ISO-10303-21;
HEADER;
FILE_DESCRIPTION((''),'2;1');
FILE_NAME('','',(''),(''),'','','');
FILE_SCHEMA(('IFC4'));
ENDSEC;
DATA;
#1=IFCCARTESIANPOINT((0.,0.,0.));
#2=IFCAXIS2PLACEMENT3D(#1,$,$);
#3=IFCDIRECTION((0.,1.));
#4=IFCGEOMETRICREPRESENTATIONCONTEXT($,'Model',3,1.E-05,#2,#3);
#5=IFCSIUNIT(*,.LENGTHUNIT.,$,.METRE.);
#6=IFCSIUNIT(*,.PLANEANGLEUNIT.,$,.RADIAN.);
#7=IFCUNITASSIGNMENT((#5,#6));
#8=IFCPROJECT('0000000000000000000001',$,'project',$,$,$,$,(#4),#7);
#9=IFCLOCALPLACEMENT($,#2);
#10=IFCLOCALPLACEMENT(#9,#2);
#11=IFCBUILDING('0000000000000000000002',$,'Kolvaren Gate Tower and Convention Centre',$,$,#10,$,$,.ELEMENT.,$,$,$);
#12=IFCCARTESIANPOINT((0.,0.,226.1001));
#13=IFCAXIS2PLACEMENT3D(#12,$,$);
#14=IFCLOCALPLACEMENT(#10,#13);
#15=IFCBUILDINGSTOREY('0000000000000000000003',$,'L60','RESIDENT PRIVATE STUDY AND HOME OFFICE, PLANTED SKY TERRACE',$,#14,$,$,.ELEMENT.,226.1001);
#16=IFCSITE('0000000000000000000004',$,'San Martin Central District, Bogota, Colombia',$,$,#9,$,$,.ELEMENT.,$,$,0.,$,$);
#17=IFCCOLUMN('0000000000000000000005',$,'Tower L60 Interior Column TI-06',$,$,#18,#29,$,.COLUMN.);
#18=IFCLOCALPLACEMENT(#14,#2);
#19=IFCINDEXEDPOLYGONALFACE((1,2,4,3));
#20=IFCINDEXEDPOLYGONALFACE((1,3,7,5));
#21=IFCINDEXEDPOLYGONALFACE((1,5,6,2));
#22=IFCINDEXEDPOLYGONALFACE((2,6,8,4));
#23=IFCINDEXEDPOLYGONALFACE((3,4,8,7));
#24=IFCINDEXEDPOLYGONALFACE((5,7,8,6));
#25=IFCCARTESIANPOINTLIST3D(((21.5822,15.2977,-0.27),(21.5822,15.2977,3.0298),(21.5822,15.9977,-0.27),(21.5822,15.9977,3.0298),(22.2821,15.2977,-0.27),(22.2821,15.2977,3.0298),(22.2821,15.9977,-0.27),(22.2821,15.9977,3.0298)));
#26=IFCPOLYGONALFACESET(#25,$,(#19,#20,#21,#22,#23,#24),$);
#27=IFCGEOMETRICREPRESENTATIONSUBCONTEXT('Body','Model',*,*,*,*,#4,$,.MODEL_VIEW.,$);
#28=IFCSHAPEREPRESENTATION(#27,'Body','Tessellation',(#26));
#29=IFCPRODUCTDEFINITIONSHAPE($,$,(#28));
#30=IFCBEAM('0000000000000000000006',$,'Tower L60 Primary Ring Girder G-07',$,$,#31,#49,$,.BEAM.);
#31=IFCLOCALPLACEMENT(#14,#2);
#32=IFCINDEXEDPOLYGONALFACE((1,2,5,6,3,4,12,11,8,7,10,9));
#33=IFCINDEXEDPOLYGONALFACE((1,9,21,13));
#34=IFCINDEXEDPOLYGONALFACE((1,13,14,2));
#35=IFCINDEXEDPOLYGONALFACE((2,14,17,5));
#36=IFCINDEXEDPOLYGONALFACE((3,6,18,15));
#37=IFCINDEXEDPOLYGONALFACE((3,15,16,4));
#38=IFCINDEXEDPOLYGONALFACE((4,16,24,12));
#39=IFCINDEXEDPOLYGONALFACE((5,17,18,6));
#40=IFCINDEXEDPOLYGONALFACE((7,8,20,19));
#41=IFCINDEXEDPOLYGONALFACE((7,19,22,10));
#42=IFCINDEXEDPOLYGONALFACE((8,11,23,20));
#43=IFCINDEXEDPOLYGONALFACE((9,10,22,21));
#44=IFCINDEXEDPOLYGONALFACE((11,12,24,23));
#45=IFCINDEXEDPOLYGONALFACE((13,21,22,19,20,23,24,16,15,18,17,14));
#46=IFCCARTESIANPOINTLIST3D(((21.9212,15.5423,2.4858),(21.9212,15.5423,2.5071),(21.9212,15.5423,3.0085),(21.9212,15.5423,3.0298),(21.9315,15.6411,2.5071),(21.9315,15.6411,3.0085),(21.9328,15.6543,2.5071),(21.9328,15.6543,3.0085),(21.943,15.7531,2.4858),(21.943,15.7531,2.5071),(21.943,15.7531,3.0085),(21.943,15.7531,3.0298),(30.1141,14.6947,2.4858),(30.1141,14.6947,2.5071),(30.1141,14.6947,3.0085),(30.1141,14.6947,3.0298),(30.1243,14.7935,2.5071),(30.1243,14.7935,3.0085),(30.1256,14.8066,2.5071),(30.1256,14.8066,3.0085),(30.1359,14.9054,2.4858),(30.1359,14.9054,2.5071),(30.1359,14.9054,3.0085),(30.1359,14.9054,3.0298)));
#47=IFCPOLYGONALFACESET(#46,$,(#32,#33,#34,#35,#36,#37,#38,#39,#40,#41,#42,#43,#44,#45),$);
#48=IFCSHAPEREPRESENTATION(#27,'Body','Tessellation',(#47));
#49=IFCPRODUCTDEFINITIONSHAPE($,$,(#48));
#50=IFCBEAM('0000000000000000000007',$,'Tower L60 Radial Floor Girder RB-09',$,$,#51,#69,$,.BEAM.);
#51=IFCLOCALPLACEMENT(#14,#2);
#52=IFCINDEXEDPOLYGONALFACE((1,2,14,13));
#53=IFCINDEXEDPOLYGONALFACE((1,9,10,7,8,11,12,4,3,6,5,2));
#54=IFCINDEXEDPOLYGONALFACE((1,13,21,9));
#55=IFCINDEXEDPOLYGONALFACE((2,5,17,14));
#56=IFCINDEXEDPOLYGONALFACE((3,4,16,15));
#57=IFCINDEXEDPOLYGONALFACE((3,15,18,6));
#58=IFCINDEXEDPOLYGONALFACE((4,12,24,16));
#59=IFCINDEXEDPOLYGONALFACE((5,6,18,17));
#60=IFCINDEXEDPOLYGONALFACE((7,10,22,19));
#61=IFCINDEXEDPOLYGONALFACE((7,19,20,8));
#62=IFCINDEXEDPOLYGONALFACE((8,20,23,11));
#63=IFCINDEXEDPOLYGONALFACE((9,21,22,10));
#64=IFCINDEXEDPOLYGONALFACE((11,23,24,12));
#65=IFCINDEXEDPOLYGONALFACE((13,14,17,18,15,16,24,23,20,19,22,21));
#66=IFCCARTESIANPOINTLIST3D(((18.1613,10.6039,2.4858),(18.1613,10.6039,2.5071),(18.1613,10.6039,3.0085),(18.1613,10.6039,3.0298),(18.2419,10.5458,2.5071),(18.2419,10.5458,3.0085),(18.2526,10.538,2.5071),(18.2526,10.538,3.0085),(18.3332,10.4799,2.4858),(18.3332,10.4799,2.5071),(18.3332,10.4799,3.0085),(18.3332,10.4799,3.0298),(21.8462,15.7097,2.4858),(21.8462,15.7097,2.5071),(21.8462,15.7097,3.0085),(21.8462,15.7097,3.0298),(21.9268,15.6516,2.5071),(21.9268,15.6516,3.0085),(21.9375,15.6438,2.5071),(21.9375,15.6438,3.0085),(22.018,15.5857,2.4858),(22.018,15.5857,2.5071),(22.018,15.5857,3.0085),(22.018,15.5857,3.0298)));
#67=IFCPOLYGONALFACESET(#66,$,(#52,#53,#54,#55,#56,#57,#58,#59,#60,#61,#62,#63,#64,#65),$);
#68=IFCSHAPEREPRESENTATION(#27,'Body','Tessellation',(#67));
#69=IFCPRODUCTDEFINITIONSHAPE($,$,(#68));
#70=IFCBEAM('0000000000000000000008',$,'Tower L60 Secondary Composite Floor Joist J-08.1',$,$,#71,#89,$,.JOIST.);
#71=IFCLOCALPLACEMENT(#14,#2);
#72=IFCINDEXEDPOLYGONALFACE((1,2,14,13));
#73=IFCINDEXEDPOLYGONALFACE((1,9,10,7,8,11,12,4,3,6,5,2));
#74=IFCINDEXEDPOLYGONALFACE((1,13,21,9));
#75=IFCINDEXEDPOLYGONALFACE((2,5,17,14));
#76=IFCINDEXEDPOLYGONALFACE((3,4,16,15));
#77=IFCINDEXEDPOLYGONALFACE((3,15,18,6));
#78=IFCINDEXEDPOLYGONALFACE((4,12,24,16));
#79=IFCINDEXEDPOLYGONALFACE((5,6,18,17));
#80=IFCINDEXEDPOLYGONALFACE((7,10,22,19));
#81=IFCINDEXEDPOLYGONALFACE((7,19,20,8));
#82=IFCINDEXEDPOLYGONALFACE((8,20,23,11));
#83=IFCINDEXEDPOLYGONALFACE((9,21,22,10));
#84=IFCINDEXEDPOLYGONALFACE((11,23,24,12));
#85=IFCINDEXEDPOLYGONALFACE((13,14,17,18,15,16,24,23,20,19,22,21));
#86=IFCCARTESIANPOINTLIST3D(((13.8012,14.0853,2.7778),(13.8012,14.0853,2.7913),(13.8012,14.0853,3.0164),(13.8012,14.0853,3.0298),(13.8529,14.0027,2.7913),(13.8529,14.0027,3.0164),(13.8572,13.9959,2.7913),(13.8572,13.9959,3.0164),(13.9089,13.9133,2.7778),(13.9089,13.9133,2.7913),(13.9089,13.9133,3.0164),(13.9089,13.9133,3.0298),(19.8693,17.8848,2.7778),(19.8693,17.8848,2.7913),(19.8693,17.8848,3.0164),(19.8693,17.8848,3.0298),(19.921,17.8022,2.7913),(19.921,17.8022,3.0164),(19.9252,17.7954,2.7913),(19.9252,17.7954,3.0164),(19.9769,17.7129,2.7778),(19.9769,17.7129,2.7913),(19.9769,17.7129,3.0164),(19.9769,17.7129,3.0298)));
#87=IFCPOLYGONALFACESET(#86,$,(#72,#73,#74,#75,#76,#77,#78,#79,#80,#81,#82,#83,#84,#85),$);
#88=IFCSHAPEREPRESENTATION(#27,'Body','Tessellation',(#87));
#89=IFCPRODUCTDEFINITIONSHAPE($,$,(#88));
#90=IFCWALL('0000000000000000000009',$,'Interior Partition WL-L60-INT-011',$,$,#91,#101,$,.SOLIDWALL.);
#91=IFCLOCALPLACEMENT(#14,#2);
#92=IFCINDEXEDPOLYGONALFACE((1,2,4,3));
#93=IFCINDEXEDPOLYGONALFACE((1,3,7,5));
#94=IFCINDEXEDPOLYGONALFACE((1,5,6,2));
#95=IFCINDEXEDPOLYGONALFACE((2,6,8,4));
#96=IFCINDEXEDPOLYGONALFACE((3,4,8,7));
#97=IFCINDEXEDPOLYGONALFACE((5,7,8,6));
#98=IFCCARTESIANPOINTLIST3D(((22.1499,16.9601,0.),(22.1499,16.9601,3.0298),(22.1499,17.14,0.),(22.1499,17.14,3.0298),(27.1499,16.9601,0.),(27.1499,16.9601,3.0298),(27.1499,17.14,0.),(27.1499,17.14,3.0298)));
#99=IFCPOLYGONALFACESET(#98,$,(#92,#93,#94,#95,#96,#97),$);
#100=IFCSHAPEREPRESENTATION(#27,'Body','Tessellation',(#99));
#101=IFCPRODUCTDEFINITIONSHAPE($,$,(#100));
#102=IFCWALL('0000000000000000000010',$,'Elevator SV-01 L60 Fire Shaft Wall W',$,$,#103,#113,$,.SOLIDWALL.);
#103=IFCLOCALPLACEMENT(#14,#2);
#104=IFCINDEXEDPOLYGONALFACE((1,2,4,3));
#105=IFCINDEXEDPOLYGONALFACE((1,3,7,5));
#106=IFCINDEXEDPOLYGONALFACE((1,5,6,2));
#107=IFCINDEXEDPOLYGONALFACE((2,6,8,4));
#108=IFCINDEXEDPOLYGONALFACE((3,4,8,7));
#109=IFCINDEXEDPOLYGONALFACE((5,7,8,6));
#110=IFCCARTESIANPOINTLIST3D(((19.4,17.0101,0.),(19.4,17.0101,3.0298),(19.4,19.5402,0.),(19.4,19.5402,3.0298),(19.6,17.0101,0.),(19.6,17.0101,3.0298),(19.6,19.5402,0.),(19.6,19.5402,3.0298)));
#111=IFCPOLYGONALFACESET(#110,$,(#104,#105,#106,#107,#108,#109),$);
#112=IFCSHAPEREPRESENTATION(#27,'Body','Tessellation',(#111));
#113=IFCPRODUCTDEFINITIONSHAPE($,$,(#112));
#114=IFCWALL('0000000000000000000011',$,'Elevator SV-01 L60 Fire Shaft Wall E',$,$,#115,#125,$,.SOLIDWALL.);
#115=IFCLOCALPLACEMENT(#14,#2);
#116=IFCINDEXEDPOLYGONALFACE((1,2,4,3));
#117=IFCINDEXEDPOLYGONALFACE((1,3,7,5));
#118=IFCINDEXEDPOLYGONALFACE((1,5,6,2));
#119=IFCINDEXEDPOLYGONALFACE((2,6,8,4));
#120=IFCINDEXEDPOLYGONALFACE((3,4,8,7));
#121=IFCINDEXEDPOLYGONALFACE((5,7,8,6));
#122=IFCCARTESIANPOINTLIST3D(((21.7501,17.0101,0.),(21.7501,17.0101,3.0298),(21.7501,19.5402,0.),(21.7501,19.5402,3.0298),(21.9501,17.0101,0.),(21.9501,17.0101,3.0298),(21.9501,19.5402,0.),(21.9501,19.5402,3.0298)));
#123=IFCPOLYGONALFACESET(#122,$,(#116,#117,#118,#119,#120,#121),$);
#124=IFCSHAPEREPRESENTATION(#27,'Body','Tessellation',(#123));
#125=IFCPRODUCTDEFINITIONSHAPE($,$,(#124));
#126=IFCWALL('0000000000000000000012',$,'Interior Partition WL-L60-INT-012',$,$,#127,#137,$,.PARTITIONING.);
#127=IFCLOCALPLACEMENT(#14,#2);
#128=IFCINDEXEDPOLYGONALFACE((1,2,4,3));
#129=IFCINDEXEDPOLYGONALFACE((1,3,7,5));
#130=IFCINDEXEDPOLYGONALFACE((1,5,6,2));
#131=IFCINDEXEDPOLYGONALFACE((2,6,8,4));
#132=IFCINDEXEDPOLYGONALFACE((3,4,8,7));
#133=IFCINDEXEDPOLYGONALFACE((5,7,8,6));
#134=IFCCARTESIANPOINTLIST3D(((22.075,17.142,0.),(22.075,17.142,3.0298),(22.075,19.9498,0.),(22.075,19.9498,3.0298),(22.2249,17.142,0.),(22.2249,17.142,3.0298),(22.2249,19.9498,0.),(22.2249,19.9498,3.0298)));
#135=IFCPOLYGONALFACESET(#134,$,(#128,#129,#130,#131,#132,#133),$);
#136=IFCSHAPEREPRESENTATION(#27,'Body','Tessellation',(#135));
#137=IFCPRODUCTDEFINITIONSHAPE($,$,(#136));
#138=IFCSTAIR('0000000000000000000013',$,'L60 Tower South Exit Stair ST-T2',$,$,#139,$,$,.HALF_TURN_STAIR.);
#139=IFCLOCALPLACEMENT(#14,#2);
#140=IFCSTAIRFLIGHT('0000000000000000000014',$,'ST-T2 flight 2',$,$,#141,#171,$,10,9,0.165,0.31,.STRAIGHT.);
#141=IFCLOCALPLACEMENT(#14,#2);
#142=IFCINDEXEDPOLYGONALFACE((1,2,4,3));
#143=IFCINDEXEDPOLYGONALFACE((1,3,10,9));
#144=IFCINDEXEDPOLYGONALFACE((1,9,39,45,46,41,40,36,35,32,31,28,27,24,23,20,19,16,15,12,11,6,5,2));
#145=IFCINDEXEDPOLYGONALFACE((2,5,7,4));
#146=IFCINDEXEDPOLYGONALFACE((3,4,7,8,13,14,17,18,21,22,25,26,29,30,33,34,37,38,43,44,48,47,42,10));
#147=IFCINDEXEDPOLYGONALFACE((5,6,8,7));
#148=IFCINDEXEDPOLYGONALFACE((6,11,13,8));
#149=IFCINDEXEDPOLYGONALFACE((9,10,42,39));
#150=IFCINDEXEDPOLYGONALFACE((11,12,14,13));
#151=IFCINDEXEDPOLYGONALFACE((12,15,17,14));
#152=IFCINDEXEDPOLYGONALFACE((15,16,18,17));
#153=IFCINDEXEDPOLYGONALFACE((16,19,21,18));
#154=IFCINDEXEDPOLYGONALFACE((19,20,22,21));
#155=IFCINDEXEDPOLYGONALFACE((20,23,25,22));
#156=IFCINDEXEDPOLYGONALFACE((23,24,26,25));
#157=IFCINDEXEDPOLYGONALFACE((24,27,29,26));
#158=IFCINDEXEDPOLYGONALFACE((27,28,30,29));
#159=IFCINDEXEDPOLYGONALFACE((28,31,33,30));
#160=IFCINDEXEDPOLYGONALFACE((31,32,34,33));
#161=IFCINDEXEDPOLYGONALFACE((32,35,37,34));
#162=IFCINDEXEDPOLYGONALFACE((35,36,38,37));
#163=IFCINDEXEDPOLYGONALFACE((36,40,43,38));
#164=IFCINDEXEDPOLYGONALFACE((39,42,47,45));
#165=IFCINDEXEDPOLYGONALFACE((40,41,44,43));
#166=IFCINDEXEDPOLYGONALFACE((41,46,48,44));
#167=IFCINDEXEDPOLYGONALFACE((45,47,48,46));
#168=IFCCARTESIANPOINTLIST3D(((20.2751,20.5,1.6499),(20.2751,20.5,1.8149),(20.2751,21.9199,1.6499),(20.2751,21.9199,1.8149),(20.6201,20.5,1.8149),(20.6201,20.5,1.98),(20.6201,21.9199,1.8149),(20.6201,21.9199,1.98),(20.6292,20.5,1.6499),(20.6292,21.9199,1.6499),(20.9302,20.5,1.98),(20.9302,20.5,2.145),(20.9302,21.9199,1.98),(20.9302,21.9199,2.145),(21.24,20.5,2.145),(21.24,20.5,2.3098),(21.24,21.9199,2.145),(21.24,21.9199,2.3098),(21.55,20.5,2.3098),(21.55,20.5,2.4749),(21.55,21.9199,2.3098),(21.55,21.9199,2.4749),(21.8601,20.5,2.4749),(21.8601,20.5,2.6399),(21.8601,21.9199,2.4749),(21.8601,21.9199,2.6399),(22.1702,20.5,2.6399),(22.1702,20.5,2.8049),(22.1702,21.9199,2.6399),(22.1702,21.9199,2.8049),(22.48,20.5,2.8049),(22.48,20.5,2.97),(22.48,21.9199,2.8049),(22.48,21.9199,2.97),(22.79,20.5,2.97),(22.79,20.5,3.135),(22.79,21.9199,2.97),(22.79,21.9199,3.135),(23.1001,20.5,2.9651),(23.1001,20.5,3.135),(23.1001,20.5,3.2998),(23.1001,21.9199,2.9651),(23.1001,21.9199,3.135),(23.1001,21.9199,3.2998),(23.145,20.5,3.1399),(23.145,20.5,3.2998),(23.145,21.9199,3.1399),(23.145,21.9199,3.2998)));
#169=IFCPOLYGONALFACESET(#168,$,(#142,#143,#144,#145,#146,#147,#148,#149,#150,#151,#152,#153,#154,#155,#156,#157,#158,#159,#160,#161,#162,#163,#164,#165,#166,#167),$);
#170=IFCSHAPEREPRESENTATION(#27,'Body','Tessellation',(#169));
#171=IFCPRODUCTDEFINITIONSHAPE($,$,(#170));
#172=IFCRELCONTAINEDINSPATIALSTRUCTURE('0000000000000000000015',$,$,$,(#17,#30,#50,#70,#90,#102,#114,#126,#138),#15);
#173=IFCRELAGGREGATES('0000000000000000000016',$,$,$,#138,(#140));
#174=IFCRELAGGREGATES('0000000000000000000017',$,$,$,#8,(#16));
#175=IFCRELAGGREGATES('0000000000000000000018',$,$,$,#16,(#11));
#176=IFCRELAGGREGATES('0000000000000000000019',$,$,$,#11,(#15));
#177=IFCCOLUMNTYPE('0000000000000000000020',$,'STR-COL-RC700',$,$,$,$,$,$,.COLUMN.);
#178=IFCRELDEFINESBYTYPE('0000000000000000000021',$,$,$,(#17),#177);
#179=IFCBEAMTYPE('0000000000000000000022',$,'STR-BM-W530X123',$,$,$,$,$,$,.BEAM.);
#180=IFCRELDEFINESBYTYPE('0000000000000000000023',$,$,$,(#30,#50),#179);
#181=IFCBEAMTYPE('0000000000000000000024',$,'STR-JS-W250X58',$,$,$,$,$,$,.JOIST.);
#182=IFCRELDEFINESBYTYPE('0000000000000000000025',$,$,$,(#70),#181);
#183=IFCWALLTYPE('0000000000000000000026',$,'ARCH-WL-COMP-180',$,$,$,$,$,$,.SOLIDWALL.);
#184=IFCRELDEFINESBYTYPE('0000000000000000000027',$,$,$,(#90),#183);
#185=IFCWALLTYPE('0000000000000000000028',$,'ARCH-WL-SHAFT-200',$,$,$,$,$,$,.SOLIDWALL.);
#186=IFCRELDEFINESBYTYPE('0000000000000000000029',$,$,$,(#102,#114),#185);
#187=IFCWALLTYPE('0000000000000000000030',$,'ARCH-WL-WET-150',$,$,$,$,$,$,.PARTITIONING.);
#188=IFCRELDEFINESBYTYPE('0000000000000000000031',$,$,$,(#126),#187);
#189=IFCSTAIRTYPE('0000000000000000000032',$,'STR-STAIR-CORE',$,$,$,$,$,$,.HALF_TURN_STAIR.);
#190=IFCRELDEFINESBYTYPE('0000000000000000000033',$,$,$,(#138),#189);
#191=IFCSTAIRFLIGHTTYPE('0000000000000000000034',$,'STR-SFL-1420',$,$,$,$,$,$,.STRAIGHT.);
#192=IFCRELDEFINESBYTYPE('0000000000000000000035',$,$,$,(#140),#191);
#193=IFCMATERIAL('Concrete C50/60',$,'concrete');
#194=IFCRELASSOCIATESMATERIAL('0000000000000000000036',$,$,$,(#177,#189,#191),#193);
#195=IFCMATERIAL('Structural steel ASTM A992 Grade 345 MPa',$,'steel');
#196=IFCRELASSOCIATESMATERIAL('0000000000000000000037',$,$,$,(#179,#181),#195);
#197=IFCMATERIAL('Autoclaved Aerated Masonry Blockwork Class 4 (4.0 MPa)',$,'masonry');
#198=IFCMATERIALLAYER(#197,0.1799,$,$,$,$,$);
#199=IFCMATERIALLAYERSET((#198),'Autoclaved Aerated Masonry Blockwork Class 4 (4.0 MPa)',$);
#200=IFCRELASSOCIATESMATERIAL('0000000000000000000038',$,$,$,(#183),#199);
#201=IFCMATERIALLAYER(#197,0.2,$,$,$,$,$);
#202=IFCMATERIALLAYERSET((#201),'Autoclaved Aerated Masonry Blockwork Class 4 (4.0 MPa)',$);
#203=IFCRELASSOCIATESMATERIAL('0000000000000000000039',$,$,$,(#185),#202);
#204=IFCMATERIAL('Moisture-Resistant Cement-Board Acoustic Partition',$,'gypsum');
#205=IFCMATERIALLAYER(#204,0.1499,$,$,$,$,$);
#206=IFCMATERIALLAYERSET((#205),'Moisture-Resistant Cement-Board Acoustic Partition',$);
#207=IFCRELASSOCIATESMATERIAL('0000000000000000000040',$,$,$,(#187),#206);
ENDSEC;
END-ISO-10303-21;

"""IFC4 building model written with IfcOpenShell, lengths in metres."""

from ifc_helpers import new_model, si_unit, direction, frame, frame_2d, origin, origin_2d, place, context, subcontext, project, spatial, polyline, rectangle, i_section, outline, extrude, material, layer, layer_set, material_profile, profile_set, type_object, element, aggregate, save


model = new_model("IFC4")

# Units and contexts
model_context = context("Model", 3, precision=1e-05, world=origin(), true_north=direction((0.0, 1.0)))
body_context = subcontext(model_context, "Body", "Model", "MODEL_VIEW")
ifc_project = project(units=[si_unit("LENGTHUNIT", "METRE"), si_unit("PLANEANGLEUNIT", "RADIAN")], contexts=[model_context])

# Site, building, storey
site_placement = place(None, origin())
site = spatial("IfcSite", under=ifc_project, at=site_placement, Name="San Martin Central District, Bogota, Colombia", CompositionType="ELEMENT", RefElevation=0.0)
building_placement = place(site_placement, origin())
building = spatial("IfcBuilding", under=site, at=building_placement, Name="Kolvaren Gate Tower and Convention Centre", CompositionType="ELEMENT")
storey_placement = place(building_placement, frame((0.0, 0.0, 226.1001)))
storey = spatial("IfcBuildingStorey", under=building, at=storey_placement, Name="L60", Description="RESIDENT PRIVATE STUDY AND HOME OFFICE, PLANTED SKY TERRACE", CompositionType="ELEMENT", Elevation=226.1001)

# Column
ifc_material_1 = material(Name="Concrete C50/60", Category="concrete")
ifc_material_profile_1 = material_profile(ifc_material_1, rectangle(XDim=0.7, YDim=0.7, at=origin_2d()), Name="RC-COL-700X700")
ifc_profile_set_1 = profile_set([ifc_material_profile_1], Name="Concrete C50/60")
column_type = type_object("IfcColumnType", Name="STR-COL-RC700", PredefinedType="COLUMN", material=ifc_profile_set_1)
column_placement = place(storey_placement, frame((21.9321, 15.6477, -0.27), z_axis=(0.0, 0.0, 1.0), x_axis=(1.0, 0.0, 0.0)))
element("IfcColumn", 1, at=column_placement, inside=storey, type_object=column_type, Name="Tower L60 Interior Column TI-06", PredefinedType="COLUMN", context=body_context, shape_type="SweptSolid", body=[
    extrude(rectangle(XDim=0.7, YDim=0.7, at=origin_2d()), origin(), (0.0, 0.0, 1.0), 3.2998),
])

# Beams
ifc_material_2 = material(Name="Structural steel ASTM A992 Grade 345 MPa", Category="steel")
ifc_material_profile_2 = material_profile(ifc_material_2, i_section(OverallWidth=0.2119, OverallDepth=0.5439, WebThickness=0.0132, FlangeThickness=0.0212, at=origin_2d()), Name="W530X123")
ifc_profile_set_2 = profile_set([ifc_material_profile_2], Name="Structural steel ASTM A992 Grade 345 MPa")
beam_type_1 = type_object("IfcBeamType", Name="STR-BM-W530X123", PredefinedType="BEAM", material=ifc_profile_set_2)
beam_1_placement = place(storey_placement, frame((21.9321, 15.6477, 2.7578), z_axis=(0.99469, -0.102913, 0.0), x_axis=(0.102913, 0.99469, 0.0)))
element("IfcBeam", 2, at=beam_1_placement, inside=storey, type_object=beam_type_1, Name="Tower L60 Primary Ring Girder G-07", PredefinedType="BEAM", context=body_context, shape_type="SweptSolid", body=[
    extrude(i_section(OverallWidth=0.2119, OverallDepth=0.5439, WebThickness=0.0132, FlangeThickness=0.0212, at=origin_2d()), origin(), (0.0, 0.0, 1.0), 8.2366),
])
beam_2_placement = place(storey_placement, frame((21.9321, 15.6477, 2.7578), z_axis=(-0.585214, -0.810879, 0.0), x_axis=(0.810879, -0.585214, 0.0)))
element("IfcBeam", 3, at=beam_2_placement, inside=storey, type_object=beam_type_1, Name="Tower L60 Radial Floor Girder RB-09", PredefinedType="BEAM", context=body_context, shape_type="SweptSolid", body=[
    extrude(i_section(OverallWidth=0.2119, OverallDepth=0.5439, WebThickness=0.0132, FlangeThickness=0.0212, at=origin_2d()), origin(), (0.0, 0.0, 1.0), 6.2966),
])
ifc_material_profile_3 = material_profile(ifc_material_2, i_section(OverallWidth=0.2029, OverallDepth=0.252, WebThickness=0.0081, FlangeThickness=0.0134, at=origin_2d()), Name="W250X58")
ifc_profile_set_3 = profile_set([ifc_material_profile_3], Name="Structural steel ASTM A992 Grade 345 MPa")
beam_type_2 = type_object("IfcBeamType", Name="STR-JS-W250X58", PredefinedType="JOIST", material=ifc_profile_set_3)
beam_3_placement = place(storey_placement, frame((19.9231, 17.7988, 2.9038), z_axis=(-0.847559, -0.530701, 0.0), x_axis=(0.530701, -0.847559, 0.0)))
element("IfcBeam", 4, at=beam_3_placement, inside=storey, type_object=beam_type_2, Name="Tower L60 Secondary Composite Floor Joist J-08.1", PredefinedType="JOIST", context=body_context, shape_type="SweptSolid", body=[
    extrude(i_section(OverallWidth=0.2029, OverallDepth=0.252, WebThickness=0.0081, FlangeThickness=0.0134, at=origin_2d()), origin(), (0.0, 0.0, 1.0), 7.1594),
])

# Walls
ifc_material_3 = material(Name="Autoclaved Aerated Masonry Blockwork Class 4 (4.0 MPa)", Category="masonry")
ifc_layer_1 = layer(ifc_material_3, 0.1799)
ifc_layer_set_1 = layer_set([ifc_layer_1], Name="Autoclaved Aerated Masonry Blockwork Class 4 (4.0 MPa)")
wall_type_1 = type_object("IfcWallType", Name="ARCH-WL-COMP-180", PredefinedType="SOLIDWALL", material=ifc_layer_set_1)
wall_1_placement = place(storey_placement, frame((22.1499, 17.05, 0.0), z_axis=(0.0, 0.0, 1.0), x_axis=(1.0, 0.0, 0.0)))
element("IfcWall", 5, at=wall_1_placement, inside=storey, type_object=wall_type_1, Name="Interior Partition WL-L60-INT-011", PredefinedType="SOLIDWALL", context=body_context, shape_type="SweptSolid", body=[
    extrude(rectangle(XDim=5.0, YDim=0.1799, at=frame_2d((2.5, 0.0))), origin(), (0.0, 0.0, 1.0), 3.0298),
])
ifc_layer_2 = layer(ifc_material_3, 0.2)
ifc_layer_set_2 = layer_set([ifc_layer_2], Name="Autoclaved Aerated Masonry Blockwork Class 4 (4.0 MPa)")
wall_type_2 = type_object("IfcWallType", Name="ARCH-WL-SHAFT-200", PredefinedType="SOLIDWALL", material=ifc_layer_set_2)
for number, where, z_axis, x_axis, name in (
    (6, (19.5, 17.01, 0.0), (0.0, 0.0, 1.0), (0.0, 1.0, 0.0), "Elevator SV-01 L60 Fire Shaft Wall W"),
    (7, (21.8501, 17.01, 0.0), (0.0, 0.0, 1.0), (0.0, 1.0, 0.0), "Elevator SV-01 L60 Fire Shaft Wall E"),
):
    element("IfcWall", number, at=place(storey_placement, frame(where, z_axis=z_axis, x_axis=x_axis)), inside=storey, type_object=wall_type_2, Name=name, PredefinedType="SOLIDWALL", context=body_context, shape_type="SweptSolid", body=[
        extrude(rectangle(XDim=2.53, YDim=0.2, at=frame_2d((1.2651, 0.0))), origin(), (0.0, 0.0, 1.0), 3.0298),
    ])
ifc_material_4 = material(Name="Moisture-Resistant Cement-Board Acoustic Partition", Category="gypsum")
ifc_layer_3 = layer(ifc_material_4, 0.1499)
ifc_layer_set_3 = layer_set([ifc_layer_3], Name="Moisture-Resistant Cement-Board Acoustic Partition")
wall_type_3 = type_object("IfcWallType", Name="ARCH-WL-WET-150", PredefinedType="PARTITIONING", material=ifc_layer_set_3)
wall_2_placement = place(storey_placement, frame((22.1499, 17.1421, 0.0), z_axis=(0.0, 0.0, 1.0), x_axis=(0.0, 1.0, 0.0)))
element("IfcWall", 8, at=wall_2_placement, inside=storey, type_object=wall_type_3, Name="Interior Partition WL-L60-INT-012", PredefinedType="PARTITIONING", context=body_context, shape_type="SweptSolid", body=[
    extrude(rectangle(XDim=2.8079, YDim=0.1499, at=frame_2d((1.4038, 0.0))), origin(), (0.0, 0.0, 1.0), 3.0298),
])

# Stair, stair flight
stair_type = type_object("IfcStairType", Name="STR-STAIR-CORE", PredefinedType="HALF_TURN_STAIR", material=ifc_material_1)
stair_placement = place(storey_placement, origin())
stair = element("IfcStair", 9, at=stair_placement, inside=storey, type_object=stair_type, Name="L60 Tower South Exit Stair ST-T2", PredefinedType="HALF_TURN_STAIR")
stair_flight_type = type_object("IfcStairFlightType", Name="STR-SFL-1420", PredefinedType="STRAIGHT", material=ifc_material_1)
stair_flight_placement = place(storey_placement, frame((20.3101, 21.21, 1.6499), z_axis=(0.0, 0.0, 1.0), x_axis=(1.0, 0.0, 0.0)))
stair_flight = element("IfcStairFlight", 10, at=stair_flight_placement, type_object=stair_flight_type, Name="ST-T2 flight 2", NumberOfRisers=10, NumberOfTreads=9, PredefinedType="STRAIGHT", RiserHeight=0.165, TreadLength=0.31, context=body_context, shape_type="SweptSolid", body=[
    extrude(outline(polyline([(-0.0349, 0.0), (-0.0349, 0.165), (0.3101, 0.165), (0.3101, 0.3301), (0.6201, 0.3301), (0.6201, 0.4951), (0.9299, 0.4951), (0.9299, 0.6599), (1.24, 0.6599), (1.24, 0.825), (1.55, 0.825), (1.55, 0.99), (1.8601, 0.99), (1.8601, 1.155), (2.1699, 1.155), (2.1699, 1.3201), (2.48, 1.3201), (2.48, 1.4851), (2.79, 1.4851), (2.79, 1.6499), (2.835, 1.6499), (2.835, 1.49), (2.79, 1.3152), (0.3191, 0.0), (-0.0349, 0.0)])), frame((0.0, 0.71, 0.0), z_axis=(0.0, -1.0, 0.0), x_axis=(1.0, 0.0, 0.0)), (0.0, 0.0, 1.0), 1.4199),
])
aggregate(stair, [stair_flight])

save(model, "model.ifc")
